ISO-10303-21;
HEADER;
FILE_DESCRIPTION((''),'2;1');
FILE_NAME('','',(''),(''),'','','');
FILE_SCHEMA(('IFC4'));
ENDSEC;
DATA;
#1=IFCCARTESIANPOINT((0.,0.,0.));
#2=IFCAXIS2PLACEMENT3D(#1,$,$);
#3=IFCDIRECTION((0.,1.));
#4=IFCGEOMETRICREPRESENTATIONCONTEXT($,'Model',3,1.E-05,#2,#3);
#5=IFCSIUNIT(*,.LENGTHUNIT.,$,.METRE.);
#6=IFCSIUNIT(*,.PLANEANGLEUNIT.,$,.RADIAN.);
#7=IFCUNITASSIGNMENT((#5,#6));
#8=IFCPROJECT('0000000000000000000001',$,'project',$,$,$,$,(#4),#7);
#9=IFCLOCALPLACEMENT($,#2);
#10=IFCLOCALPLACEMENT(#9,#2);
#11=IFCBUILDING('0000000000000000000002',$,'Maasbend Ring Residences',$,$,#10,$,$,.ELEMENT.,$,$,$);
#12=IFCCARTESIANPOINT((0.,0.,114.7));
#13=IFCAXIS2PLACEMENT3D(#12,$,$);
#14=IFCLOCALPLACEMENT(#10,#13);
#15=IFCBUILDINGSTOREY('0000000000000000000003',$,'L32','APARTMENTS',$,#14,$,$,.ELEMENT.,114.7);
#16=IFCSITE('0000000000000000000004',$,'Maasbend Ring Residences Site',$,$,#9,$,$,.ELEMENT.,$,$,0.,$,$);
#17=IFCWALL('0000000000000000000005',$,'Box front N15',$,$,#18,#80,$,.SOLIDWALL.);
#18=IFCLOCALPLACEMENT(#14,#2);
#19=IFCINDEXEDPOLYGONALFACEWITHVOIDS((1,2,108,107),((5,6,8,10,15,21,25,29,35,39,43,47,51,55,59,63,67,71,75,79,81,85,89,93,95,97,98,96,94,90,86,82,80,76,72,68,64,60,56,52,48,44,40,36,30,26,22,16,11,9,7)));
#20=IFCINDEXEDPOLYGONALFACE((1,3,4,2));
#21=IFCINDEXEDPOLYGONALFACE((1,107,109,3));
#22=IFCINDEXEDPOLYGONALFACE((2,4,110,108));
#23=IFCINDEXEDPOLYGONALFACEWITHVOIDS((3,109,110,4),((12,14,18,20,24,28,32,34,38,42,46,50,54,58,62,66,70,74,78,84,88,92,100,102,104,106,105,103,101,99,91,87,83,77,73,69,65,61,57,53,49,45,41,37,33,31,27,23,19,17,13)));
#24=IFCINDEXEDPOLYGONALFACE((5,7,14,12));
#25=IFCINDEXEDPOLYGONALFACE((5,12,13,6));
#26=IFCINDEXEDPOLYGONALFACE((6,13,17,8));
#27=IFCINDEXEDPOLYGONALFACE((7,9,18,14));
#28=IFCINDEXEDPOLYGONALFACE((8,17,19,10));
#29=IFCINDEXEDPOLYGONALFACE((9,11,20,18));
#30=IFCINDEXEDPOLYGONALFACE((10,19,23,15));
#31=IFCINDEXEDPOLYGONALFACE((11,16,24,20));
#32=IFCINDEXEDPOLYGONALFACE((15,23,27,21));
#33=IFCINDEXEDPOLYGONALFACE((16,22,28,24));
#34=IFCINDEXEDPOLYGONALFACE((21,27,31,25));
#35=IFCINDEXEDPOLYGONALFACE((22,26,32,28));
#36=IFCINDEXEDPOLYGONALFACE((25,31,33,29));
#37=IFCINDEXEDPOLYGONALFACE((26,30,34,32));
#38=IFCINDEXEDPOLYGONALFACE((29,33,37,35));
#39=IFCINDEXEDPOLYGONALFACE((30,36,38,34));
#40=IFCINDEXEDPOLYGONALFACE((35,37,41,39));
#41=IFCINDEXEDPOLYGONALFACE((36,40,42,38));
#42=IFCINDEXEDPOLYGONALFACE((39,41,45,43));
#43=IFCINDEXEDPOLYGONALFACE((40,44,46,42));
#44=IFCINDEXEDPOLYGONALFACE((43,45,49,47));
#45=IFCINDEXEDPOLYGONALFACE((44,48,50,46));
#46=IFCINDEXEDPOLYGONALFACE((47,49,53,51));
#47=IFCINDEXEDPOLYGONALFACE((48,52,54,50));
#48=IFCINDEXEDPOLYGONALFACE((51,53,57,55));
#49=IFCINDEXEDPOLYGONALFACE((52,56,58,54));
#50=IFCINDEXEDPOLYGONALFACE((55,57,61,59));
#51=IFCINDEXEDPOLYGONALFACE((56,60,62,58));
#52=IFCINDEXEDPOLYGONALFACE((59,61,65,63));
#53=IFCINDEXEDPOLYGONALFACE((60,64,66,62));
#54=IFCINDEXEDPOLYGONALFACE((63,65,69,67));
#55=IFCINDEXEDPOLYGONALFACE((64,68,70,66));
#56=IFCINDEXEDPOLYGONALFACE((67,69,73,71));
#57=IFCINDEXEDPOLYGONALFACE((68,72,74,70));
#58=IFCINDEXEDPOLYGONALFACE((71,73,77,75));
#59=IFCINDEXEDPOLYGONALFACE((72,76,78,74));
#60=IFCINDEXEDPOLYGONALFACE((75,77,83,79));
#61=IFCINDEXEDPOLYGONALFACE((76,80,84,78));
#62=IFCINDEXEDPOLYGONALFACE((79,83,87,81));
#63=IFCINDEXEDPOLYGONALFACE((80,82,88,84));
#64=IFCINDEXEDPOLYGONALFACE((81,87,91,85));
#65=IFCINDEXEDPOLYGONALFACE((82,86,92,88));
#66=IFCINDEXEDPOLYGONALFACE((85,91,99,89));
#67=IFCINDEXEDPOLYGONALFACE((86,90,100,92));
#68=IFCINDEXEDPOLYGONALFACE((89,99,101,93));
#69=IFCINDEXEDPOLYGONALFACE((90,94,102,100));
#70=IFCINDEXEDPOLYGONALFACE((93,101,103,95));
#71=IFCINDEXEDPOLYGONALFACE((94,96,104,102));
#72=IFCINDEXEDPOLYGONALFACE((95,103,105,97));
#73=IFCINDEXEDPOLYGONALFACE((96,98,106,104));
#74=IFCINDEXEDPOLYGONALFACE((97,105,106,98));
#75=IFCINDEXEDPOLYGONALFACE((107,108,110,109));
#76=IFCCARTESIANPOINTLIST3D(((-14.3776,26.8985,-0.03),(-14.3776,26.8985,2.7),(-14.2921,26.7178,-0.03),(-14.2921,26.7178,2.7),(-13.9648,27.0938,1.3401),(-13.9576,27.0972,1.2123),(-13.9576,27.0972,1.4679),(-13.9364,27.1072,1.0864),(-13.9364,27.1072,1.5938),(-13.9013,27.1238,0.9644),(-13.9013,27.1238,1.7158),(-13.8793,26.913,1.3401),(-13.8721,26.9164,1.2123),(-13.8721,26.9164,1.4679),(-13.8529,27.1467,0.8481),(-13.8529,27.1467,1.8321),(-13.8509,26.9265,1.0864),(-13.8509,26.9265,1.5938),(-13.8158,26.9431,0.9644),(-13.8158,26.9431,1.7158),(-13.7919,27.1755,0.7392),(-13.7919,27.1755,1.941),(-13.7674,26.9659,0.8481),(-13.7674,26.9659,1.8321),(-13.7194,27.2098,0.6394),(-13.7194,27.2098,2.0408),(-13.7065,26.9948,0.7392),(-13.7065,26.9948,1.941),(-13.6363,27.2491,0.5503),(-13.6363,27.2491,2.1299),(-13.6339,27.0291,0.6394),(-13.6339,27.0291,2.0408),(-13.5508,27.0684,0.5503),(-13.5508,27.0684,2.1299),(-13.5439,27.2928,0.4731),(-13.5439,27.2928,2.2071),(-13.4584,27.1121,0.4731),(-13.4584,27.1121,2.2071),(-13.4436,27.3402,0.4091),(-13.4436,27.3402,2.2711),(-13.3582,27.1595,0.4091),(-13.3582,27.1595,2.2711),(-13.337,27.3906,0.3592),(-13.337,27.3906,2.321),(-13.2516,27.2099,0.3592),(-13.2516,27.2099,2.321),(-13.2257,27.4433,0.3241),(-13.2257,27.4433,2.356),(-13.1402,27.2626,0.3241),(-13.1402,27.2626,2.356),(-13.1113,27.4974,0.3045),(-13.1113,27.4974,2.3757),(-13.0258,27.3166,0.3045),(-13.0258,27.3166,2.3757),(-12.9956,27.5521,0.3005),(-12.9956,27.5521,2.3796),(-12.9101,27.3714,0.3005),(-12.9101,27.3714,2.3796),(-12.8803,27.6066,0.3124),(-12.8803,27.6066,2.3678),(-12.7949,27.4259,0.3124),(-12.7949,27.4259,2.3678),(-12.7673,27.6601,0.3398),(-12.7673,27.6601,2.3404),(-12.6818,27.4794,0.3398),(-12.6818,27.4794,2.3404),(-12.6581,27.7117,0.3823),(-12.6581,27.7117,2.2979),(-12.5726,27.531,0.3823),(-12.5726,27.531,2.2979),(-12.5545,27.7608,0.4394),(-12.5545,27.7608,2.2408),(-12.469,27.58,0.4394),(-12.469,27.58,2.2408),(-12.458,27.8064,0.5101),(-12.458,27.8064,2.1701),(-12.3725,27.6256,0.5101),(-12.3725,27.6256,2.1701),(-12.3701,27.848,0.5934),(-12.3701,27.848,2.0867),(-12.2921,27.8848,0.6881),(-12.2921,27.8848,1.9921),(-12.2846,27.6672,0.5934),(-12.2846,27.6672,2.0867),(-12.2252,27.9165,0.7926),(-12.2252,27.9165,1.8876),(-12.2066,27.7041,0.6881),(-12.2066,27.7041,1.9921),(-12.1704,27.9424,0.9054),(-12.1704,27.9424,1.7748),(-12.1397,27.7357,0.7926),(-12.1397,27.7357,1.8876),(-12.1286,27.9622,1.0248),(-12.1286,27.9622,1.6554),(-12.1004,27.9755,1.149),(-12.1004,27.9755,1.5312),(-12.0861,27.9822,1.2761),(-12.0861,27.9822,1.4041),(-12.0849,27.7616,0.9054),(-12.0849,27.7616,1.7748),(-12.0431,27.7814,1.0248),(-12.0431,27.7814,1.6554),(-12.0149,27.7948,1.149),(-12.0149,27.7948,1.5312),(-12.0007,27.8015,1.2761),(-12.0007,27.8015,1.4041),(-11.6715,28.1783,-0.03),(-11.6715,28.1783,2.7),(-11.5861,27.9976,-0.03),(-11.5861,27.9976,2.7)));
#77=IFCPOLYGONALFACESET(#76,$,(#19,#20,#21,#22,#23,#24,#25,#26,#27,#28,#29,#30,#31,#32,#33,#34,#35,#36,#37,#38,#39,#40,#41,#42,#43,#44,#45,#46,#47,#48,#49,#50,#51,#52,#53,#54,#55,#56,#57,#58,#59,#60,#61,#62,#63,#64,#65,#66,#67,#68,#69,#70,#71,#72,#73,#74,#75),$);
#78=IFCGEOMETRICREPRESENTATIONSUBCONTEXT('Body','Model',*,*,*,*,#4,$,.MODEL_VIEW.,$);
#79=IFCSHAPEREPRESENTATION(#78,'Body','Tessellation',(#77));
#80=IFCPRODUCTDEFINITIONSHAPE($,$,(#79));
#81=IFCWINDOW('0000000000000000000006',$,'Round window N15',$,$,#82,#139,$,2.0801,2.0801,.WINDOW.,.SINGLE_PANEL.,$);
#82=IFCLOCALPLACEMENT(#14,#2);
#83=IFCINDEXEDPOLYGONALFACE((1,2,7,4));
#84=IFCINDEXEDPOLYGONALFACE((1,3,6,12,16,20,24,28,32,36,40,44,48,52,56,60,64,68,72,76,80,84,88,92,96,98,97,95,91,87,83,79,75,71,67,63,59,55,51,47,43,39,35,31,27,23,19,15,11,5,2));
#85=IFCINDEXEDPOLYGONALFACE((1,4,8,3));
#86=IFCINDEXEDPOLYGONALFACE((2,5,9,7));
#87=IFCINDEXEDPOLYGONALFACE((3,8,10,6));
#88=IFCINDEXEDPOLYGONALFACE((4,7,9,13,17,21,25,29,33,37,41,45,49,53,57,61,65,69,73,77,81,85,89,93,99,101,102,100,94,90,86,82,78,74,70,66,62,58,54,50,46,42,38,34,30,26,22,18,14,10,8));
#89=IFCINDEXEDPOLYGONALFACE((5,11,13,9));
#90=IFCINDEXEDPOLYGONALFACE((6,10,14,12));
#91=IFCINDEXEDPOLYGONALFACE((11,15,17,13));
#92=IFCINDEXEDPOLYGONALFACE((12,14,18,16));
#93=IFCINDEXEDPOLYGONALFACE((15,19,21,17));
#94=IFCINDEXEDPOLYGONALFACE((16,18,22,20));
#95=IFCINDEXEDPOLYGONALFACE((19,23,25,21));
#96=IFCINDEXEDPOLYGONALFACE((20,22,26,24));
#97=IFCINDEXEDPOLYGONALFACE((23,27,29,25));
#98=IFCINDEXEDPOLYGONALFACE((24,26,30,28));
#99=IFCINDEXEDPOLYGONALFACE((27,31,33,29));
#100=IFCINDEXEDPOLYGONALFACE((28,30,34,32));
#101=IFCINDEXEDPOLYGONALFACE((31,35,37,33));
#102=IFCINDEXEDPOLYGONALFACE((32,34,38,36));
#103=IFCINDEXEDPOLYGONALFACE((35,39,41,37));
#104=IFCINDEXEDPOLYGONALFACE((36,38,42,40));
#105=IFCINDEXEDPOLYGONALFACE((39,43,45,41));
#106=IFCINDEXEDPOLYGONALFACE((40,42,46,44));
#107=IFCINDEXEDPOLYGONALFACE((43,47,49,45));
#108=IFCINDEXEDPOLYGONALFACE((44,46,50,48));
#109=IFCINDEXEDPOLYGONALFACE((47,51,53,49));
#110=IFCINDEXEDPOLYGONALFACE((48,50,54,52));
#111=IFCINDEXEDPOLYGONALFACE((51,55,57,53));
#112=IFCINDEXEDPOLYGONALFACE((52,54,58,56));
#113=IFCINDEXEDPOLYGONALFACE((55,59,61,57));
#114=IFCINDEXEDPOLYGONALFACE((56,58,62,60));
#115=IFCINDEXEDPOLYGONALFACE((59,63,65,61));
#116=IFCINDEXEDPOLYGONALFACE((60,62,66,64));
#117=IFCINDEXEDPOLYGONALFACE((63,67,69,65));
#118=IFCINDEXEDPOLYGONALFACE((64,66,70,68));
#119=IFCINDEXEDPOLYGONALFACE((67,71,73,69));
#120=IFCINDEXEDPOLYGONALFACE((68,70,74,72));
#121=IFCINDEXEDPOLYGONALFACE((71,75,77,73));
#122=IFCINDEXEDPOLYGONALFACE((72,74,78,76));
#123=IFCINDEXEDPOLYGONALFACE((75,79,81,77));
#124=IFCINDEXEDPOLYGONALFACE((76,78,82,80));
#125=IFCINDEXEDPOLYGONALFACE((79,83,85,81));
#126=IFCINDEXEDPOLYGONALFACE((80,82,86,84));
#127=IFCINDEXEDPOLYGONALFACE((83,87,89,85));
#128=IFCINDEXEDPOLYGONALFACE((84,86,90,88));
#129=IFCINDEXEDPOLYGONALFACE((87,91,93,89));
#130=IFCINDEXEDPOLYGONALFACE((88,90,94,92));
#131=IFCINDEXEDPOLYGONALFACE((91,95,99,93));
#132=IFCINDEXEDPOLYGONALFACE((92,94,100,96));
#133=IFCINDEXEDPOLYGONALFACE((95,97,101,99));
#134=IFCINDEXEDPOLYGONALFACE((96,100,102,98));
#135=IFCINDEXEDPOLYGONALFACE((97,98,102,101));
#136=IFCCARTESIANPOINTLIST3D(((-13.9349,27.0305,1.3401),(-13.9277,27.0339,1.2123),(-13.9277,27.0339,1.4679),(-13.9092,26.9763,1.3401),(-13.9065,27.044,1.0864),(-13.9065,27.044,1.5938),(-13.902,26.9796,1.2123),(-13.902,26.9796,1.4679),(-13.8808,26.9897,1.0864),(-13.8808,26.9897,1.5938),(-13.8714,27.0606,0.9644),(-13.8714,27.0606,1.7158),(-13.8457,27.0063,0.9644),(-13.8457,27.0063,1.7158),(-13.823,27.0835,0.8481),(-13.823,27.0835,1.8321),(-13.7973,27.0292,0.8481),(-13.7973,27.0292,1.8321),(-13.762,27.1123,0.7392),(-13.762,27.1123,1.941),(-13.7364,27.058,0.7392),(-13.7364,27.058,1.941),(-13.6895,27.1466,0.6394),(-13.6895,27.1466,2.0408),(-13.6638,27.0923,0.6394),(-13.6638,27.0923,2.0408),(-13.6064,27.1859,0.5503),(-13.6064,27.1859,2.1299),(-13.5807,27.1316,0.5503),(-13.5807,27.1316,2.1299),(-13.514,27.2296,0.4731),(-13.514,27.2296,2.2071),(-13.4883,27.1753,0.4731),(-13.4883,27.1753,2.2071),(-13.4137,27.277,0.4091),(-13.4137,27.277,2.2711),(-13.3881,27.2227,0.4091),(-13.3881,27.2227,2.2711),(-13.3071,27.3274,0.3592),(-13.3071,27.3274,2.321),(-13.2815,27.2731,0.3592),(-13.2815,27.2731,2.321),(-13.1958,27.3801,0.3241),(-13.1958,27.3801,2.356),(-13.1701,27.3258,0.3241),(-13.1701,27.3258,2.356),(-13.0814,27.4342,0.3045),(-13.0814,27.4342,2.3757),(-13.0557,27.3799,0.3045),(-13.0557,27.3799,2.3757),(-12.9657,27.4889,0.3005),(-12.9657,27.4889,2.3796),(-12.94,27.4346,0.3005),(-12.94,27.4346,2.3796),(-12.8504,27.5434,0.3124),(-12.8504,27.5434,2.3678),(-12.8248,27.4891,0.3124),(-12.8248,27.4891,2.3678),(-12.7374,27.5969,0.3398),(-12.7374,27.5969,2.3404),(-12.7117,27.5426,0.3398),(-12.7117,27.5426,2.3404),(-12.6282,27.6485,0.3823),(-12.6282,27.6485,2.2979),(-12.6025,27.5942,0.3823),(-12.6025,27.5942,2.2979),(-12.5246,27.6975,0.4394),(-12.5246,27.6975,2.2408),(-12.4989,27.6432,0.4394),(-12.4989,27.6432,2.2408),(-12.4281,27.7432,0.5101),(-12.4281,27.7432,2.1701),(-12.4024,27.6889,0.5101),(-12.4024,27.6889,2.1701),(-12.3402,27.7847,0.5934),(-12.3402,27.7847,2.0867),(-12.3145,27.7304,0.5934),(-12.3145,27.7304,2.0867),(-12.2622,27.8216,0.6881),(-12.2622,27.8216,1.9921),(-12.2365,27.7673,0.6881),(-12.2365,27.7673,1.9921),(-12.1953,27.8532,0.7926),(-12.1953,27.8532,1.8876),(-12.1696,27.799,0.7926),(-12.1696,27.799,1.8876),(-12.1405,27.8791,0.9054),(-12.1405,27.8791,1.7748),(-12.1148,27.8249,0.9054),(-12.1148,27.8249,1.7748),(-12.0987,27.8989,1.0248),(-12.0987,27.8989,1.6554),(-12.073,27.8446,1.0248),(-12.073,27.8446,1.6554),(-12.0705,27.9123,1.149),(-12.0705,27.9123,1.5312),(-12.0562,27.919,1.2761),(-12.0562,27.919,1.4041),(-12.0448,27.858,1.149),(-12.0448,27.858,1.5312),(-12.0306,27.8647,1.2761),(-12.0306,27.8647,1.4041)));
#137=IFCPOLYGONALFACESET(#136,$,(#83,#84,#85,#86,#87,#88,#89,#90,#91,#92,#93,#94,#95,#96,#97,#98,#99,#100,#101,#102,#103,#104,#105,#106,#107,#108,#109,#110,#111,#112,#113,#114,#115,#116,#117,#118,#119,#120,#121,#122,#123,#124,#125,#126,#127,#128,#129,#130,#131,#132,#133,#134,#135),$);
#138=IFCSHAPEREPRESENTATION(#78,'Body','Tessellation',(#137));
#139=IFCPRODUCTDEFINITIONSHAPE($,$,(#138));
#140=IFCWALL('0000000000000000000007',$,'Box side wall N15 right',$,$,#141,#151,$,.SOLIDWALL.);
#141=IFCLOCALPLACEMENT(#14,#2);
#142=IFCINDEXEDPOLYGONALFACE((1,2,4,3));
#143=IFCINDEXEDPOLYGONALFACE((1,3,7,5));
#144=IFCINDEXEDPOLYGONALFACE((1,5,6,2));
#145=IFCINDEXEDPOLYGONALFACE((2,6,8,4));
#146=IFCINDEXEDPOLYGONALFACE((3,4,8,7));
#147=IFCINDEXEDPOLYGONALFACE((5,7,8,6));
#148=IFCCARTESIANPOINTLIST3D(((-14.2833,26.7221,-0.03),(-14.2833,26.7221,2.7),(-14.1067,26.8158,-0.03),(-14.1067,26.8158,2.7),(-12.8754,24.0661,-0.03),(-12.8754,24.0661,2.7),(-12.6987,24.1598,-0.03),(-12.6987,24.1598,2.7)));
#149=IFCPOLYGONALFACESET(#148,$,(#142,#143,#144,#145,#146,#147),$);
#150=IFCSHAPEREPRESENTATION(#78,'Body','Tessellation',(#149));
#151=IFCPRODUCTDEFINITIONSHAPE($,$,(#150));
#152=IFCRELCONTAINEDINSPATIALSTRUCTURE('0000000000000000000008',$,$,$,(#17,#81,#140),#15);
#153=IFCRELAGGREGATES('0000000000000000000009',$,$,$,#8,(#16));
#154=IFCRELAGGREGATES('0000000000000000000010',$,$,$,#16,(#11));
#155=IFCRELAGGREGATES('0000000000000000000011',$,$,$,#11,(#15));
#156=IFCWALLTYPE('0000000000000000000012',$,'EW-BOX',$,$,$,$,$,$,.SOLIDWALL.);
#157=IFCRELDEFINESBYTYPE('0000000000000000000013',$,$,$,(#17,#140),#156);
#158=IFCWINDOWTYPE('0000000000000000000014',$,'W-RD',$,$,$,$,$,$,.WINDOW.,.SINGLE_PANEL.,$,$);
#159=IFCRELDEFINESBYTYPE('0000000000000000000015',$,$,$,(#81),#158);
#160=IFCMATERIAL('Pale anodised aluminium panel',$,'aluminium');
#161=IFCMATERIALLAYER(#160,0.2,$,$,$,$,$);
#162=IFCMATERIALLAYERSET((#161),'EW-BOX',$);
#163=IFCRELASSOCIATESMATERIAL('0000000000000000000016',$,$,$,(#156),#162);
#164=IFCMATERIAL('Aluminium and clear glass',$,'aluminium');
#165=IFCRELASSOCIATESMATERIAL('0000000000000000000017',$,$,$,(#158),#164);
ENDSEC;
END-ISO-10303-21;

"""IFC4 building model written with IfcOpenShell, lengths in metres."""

from ifc_helpers import new_model, si_unit, direction, frame, frame_2d, origin, place, context, subcontext, project, spatial, rectangle, circle, extrude, material, layer, layer_set, type_object, element, fill, save


model = new_model("IFC4")

# Units and contexts
model_context = context("Model", 3, precision=1e-05, world=origin(), true_north=direction((0.0, 1.0)))
body_context = subcontext(model_context, "Body", "Model", "MODEL_VIEW")
ifc_project = project(units=[si_unit("LENGTHUNIT", "METRE"), si_unit("PLANEANGLEUNIT", "RADIAN")], contexts=[model_context])

# Site, building, storey
site_placement = place(None, origin())
site = spatial("IfcSite", under=ifc_project, at=site_placement, Name="Maasbend Ring Residences Site", CompositionType="ELEMENT", RefElevation=0.0)
building_placement = place(site_placement, origin())
building = spatial("IfcBuilding", under=site, at=building_placement, Name="Maasbend Ring Residences", CompositionType="ELEMENT")
storey_placement = place(building_placement, frame((0.0, 0.0, 114.7)))
storey = spatial("IfcBuildingStorey", under=building, at=storey_placement, Name="L32", Description="APARTMENTS", CompositionType="ELEMENT", Elevation=114.7)

# Wall, opening, window
ifc_material_1 = material(Name="Pale anodised aluminium panel", Category="aluminium")
ifc_layer_1 = layer(ifc_material_1, 0.2)
ifc_layer_set_1 = layer_set([ifc_layer_1], Name="EW-BOX")
wall_type_1 = type_object("IfcWallType", Name="EW-BOX", PredefinedType="SOLIDWALL", material=ifc_layer_set_1)
wall_1_placement = place(storey_placement, frame((-11.6289, 28.0879, -0.03), z_axis=(0.0, 0.0, 1.0), x_axis=(-0.904, -0.427532, 0.0)))
wall_1 = element("IfcWall", 1, at=wall_1_placement, inside=storey, type_object=wall_type_1, Name="Box front N15", PredefinedType="SOLIDWALL", context=body_context, shape_type="SweptSolid", body=[
    extrude(rectangle(XDim=2.9934, YDim=0.2, at=frame_2d((1.4966, 0.0))), origin(), (0.0, 0.0, 1.0), 2.73),
])
opening_1_placement = place(wall_1_placement, frame((0.4565, 0.0, 0.3301)))
opening_1 = element("IfcOpeningElement", 2, at=opening_1_placement, cuts=wall_1, PredefinedType="OPENING", context=body_context, shape_type="SweptSolid", body=[
    extrude(circle(Radius=1.04, at=frame_2d((1.04, 1.04))), frame((0.0, 0.1099, 0.0), z_axis=(0.0, -1.0, 0.0), x_axis=(1.0, 0.0, 0.0)), (0.0, 0.0, 1.0), 0.22),
])
ifc_material_2 = material(Name="Aluminium and clear glass", Category="aluminium")
window_type_1 = type_object("IfcWindowType", Name="W-RD", PartitioningType="SINGLE_PANEL", PredefinedType="WINDOW", material=ifc_material_2)
window_1_placement = place(opening_1_placement, origin())
window_1 = element("IfcWindow", 3, at=window_1_placement, inside=storey, type_object=window_type_1, Name="Round window N15", OverallHeight=2.0801, OverallWidth=2.0801, PartitioningType="SINGLE_PANEL", PredefinedType="WINDOW", context=body_context, shape_type="SweptSolid", body=[
    extrude(circle(Radius=1.04, at=frame_2d((1.04, 1.04))), frame((0.0, 0.03, 0.0), z_axis=(0.0, -1.0, 0.0), x_axis=(1.0, 0.0, 0.0)), (0.0, 0.0, 1.0), 0.0601),
])
fill(opening_1, window_1)

# Wall
wall_2_placement = place(storey_placement, frame((-12.7871, 24.113, -0.03), z_axis=(0.0, 0.0, 1.0), x_axis=(-0.468365, 0.883535, 0.0)))
element("IfcWall", 4, at=wall_2_placement, inside=storey, type_object=wall_type_1, Name="Box side wall N15 right", PredefinedType="SOLIDWALL", context=body_context, shape_type="SweptSolid", body=[
    extrude(rectangle(XDim=3.0061, YDim=0.2, at=frame_2d((1.5029, 0.0))), origin(), (0.0, 0.0, 1.0), 2.73),
])

save(model, "model.ifc")
